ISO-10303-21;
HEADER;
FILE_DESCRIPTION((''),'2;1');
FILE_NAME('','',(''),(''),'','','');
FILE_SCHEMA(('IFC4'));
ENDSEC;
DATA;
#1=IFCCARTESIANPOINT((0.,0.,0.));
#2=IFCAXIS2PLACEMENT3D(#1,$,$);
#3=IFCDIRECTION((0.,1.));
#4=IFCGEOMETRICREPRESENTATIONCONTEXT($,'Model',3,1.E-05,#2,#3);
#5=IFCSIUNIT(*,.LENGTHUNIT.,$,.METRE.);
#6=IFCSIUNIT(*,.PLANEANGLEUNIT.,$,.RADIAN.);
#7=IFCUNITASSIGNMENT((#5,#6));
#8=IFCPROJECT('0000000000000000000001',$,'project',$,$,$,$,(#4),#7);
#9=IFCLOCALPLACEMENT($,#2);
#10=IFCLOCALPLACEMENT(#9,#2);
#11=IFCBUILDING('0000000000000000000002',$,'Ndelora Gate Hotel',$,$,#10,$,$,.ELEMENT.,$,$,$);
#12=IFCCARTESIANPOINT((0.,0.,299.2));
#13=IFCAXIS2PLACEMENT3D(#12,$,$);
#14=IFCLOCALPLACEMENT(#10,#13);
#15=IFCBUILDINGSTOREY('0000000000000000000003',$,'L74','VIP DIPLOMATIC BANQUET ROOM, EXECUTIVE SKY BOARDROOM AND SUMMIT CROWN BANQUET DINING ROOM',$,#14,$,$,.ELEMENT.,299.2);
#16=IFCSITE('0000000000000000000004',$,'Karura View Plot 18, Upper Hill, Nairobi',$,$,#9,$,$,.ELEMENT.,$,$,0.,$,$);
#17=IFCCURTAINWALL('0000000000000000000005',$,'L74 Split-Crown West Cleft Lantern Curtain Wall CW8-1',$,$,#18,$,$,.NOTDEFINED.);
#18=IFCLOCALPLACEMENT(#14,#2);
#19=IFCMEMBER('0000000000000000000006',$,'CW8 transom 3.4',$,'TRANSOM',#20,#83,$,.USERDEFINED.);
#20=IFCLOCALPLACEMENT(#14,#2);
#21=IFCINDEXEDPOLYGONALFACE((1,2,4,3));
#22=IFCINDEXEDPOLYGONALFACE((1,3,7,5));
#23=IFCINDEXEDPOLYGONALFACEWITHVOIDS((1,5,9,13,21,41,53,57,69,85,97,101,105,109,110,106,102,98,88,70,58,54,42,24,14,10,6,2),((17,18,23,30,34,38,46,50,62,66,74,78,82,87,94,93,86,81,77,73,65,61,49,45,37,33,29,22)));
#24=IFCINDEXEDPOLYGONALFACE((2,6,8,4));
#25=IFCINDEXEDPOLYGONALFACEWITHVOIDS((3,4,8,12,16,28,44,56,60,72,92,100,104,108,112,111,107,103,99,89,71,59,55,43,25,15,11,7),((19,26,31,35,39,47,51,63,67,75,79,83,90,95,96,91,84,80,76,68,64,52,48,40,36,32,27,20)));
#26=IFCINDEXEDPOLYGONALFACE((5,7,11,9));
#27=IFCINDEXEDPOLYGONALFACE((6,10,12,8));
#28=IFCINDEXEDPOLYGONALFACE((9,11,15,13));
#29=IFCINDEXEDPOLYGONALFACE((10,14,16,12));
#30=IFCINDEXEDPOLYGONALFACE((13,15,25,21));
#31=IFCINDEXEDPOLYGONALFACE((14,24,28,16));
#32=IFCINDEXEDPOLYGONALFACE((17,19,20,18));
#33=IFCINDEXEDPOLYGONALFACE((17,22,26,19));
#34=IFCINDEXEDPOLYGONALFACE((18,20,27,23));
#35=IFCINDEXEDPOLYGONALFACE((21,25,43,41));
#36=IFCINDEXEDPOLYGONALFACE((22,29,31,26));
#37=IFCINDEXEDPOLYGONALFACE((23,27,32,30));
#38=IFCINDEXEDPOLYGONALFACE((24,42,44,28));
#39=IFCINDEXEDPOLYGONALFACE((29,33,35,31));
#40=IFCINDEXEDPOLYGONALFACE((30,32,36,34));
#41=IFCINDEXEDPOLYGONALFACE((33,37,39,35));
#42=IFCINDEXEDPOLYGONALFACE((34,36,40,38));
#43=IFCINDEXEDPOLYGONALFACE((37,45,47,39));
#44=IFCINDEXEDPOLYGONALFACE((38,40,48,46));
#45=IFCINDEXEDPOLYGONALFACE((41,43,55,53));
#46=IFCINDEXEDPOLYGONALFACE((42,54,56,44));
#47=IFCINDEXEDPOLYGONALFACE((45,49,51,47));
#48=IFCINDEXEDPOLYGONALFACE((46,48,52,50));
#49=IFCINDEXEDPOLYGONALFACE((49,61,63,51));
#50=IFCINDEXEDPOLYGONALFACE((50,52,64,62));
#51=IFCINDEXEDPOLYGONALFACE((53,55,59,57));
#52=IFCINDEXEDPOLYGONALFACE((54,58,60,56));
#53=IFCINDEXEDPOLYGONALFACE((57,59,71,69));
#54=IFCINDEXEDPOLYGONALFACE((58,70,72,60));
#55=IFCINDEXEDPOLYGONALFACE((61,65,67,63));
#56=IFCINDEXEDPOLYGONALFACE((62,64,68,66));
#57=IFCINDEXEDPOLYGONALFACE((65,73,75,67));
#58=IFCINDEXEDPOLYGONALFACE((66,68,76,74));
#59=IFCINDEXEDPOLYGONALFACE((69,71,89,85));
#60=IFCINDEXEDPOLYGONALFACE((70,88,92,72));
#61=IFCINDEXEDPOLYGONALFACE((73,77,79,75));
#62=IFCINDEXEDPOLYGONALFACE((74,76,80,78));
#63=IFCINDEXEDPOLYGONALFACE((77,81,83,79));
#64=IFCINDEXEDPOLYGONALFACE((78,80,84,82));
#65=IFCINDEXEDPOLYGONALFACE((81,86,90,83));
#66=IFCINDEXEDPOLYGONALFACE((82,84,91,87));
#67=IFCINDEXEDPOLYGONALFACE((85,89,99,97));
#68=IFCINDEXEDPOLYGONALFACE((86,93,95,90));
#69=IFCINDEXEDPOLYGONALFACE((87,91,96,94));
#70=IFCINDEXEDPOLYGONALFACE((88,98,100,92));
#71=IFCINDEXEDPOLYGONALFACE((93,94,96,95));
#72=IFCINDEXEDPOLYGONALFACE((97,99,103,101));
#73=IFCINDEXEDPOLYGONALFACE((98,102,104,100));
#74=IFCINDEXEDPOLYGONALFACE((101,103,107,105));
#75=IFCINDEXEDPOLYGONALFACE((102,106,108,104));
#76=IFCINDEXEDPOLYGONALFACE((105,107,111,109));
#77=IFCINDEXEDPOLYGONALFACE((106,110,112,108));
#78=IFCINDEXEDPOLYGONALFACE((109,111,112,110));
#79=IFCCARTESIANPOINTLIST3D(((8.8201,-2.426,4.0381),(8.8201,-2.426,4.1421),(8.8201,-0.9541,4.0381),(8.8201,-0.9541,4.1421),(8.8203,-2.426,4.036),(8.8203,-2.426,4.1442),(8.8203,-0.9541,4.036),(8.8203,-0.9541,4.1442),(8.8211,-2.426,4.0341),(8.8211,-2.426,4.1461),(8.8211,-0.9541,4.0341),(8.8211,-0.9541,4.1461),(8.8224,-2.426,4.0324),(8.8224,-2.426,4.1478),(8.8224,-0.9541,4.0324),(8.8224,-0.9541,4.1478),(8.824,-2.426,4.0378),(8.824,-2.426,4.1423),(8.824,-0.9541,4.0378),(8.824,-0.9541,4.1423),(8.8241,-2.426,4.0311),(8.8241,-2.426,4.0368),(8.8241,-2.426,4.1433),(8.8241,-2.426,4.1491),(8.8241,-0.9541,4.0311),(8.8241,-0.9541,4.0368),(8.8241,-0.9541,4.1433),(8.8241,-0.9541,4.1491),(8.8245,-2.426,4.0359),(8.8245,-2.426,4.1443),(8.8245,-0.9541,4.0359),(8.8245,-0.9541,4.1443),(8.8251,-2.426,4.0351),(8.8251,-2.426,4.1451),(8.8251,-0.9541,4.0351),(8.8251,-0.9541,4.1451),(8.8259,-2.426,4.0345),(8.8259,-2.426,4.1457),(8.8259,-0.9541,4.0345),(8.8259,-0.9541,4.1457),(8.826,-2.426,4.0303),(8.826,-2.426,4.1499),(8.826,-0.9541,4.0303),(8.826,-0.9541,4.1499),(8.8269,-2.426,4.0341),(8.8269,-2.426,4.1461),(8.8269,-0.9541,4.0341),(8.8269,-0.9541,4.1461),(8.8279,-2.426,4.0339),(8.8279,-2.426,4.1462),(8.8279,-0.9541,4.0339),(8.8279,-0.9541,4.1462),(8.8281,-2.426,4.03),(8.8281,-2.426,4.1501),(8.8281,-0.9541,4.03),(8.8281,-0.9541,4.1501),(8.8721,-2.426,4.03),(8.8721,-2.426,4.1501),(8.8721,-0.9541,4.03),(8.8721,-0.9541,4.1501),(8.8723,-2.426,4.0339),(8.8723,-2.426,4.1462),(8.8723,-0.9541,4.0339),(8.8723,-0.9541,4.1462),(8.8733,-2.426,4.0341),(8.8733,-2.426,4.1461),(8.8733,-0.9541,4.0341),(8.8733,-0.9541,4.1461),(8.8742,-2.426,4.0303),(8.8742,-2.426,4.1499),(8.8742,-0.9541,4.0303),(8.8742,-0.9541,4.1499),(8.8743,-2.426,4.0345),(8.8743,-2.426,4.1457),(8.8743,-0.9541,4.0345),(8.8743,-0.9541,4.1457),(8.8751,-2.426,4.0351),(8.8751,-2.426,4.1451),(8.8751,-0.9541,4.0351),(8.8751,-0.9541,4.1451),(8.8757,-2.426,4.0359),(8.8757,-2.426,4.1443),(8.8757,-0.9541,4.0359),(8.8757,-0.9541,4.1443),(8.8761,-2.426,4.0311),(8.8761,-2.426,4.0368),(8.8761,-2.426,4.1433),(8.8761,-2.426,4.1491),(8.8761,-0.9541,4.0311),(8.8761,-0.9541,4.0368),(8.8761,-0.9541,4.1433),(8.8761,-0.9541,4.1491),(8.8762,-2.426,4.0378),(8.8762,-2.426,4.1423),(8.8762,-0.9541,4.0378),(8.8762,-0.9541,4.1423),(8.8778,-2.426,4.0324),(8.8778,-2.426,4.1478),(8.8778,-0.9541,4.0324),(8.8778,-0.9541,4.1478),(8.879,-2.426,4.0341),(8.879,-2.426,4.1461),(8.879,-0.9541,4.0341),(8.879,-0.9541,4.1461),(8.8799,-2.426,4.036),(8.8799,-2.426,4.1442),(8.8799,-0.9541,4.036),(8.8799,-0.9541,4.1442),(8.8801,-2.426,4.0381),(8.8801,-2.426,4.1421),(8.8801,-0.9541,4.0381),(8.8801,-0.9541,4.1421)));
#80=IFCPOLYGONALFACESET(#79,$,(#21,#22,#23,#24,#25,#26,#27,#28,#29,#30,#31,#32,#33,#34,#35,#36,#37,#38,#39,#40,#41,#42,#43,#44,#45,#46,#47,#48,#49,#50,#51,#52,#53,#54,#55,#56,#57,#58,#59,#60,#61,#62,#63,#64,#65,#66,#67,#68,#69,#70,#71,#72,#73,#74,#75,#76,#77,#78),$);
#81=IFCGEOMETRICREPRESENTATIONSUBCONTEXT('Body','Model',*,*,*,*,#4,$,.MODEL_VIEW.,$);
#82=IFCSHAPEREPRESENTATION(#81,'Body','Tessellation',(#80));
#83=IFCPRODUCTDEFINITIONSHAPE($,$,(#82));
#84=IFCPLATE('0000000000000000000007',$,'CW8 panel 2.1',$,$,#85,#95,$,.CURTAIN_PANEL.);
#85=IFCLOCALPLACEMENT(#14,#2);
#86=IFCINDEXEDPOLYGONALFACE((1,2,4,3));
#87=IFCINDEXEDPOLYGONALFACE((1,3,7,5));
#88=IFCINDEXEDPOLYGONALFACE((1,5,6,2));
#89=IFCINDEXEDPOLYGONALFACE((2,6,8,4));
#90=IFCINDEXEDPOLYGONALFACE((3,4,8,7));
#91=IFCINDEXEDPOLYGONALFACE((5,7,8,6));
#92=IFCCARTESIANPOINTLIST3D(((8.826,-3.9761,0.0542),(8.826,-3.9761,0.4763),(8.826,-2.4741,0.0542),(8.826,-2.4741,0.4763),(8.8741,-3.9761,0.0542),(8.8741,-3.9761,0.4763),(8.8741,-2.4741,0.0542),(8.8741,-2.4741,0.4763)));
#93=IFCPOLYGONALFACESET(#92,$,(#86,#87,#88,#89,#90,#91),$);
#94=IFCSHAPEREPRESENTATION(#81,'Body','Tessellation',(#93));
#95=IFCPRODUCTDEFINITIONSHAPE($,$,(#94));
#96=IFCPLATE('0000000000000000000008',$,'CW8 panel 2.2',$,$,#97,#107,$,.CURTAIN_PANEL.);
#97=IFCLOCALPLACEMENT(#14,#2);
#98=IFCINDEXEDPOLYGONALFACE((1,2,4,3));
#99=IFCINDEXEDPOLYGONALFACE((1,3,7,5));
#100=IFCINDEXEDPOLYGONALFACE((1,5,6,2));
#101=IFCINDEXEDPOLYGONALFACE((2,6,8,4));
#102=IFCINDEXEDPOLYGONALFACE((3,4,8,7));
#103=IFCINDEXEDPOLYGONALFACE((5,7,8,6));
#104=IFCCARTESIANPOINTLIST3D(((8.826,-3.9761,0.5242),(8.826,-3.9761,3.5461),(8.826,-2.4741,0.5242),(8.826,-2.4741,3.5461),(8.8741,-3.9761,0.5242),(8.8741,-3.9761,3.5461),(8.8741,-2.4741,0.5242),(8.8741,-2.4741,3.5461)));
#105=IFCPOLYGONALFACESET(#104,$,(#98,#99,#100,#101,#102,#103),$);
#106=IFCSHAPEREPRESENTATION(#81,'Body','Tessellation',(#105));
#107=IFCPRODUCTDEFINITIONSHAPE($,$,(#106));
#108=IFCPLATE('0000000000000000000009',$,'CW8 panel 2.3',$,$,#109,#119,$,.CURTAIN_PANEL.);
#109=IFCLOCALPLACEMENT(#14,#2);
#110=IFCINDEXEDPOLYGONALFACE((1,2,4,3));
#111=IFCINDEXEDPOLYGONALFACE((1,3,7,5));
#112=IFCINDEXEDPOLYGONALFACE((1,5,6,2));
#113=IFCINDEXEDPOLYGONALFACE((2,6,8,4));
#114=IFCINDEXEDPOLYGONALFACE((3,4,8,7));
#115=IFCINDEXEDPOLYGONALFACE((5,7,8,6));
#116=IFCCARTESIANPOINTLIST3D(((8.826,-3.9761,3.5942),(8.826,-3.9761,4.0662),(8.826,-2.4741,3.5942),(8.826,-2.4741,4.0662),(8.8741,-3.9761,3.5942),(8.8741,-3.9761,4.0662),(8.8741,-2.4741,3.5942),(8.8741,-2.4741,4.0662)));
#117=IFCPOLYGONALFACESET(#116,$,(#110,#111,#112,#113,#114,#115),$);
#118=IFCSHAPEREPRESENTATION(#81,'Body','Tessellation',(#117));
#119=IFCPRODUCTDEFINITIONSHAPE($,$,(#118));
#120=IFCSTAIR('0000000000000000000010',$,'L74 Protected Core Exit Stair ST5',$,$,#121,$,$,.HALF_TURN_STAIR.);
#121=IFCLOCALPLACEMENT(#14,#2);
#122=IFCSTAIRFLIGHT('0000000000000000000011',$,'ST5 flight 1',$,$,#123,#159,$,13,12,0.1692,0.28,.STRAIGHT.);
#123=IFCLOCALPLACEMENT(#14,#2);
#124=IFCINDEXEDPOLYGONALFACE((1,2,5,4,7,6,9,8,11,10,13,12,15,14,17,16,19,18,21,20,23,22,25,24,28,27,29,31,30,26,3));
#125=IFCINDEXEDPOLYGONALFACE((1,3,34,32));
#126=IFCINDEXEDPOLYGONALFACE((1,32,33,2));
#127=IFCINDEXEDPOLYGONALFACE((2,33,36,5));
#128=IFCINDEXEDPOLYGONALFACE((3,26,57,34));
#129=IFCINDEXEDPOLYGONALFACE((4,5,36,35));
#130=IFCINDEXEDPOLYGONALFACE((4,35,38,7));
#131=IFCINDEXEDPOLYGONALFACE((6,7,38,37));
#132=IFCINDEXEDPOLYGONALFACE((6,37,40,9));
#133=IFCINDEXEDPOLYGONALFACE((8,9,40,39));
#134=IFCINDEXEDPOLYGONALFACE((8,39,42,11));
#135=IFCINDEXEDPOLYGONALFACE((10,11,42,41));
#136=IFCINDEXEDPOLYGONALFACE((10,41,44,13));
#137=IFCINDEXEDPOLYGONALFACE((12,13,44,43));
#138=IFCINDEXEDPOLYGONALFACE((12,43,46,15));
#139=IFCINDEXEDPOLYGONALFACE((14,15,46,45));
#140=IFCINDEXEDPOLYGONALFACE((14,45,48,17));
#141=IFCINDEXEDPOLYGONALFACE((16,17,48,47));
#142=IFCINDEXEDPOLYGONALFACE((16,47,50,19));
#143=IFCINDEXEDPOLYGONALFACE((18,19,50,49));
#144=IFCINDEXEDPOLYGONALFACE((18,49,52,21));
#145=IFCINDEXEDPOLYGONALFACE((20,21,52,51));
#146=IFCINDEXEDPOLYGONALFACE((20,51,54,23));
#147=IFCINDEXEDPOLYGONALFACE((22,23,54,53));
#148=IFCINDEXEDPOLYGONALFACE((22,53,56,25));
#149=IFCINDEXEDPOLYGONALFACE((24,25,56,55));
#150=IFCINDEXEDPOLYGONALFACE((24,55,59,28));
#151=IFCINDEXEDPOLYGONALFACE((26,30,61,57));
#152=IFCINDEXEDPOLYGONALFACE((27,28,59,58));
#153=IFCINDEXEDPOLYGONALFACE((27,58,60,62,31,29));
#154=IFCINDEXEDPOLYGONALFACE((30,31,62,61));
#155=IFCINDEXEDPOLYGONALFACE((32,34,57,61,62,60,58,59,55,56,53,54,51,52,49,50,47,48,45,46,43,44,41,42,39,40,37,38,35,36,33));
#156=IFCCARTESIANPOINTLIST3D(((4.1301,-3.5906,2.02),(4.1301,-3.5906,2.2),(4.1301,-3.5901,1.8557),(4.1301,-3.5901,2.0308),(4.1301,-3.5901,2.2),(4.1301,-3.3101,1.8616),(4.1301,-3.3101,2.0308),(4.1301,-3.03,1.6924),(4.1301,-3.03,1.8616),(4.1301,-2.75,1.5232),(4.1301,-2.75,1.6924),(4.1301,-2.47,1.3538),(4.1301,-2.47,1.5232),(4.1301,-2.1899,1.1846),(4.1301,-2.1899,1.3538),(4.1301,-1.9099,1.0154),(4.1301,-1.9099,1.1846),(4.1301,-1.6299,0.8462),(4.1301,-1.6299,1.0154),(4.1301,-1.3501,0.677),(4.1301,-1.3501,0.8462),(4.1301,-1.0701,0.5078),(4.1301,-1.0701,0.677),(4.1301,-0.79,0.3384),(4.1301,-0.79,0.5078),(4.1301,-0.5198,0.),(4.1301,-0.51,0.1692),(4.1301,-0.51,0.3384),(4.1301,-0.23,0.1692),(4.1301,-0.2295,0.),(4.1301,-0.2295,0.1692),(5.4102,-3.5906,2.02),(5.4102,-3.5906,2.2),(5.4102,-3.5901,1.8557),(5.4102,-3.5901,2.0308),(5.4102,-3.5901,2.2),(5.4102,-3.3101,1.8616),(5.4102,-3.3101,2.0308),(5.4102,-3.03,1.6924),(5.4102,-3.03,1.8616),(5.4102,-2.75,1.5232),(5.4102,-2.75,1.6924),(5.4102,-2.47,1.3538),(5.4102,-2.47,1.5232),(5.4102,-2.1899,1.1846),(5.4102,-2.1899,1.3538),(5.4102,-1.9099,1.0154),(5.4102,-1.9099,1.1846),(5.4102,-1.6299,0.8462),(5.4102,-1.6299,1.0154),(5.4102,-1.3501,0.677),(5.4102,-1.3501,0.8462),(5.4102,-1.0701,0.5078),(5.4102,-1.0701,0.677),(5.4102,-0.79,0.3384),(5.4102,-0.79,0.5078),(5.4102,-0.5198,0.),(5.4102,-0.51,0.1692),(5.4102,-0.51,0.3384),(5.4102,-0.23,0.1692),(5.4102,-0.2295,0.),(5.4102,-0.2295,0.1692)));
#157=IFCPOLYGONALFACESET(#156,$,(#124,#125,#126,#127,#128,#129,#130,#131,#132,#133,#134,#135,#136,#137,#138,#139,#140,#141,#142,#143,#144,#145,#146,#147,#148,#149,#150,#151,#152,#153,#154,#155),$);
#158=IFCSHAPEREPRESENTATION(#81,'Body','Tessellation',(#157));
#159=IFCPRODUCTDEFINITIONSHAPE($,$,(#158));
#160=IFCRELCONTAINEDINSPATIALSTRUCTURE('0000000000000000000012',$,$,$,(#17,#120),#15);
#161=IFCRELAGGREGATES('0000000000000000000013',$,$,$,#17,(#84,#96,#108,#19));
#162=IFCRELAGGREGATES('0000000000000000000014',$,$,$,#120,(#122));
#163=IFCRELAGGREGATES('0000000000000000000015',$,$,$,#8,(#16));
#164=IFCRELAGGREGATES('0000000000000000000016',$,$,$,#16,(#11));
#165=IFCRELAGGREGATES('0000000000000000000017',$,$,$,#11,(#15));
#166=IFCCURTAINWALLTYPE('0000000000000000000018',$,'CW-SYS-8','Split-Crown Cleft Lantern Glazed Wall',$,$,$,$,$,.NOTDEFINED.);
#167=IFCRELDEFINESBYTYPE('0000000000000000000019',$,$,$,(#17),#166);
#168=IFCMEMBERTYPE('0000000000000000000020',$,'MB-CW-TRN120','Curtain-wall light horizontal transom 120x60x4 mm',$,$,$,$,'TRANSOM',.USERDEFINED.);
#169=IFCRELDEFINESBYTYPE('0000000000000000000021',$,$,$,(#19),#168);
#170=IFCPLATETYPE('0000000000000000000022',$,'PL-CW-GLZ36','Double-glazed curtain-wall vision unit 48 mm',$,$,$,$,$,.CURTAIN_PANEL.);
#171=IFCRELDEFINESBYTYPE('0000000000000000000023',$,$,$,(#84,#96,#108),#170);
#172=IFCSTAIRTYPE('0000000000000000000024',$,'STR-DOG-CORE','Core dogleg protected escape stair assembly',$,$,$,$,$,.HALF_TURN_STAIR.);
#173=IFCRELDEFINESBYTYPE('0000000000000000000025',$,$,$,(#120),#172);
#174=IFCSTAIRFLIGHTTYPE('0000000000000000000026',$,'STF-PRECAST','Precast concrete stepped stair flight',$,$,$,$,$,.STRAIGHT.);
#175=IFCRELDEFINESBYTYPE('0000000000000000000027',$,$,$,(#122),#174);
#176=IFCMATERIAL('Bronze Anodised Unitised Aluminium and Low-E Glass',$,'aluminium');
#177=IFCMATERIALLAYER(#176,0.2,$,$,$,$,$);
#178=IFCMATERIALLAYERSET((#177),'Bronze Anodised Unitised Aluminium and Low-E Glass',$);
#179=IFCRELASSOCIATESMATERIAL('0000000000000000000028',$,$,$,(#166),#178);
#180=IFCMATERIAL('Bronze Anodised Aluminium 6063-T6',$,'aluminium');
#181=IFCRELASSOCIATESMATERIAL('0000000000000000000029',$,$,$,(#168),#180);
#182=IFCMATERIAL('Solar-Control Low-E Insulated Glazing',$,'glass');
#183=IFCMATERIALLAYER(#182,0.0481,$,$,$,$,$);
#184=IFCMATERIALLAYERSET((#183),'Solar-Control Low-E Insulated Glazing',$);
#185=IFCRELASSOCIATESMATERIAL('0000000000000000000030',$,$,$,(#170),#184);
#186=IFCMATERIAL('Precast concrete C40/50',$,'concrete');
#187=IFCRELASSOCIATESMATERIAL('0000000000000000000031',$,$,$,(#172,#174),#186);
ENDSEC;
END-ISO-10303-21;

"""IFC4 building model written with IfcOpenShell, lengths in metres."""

from ifc_helpers import new_model, si_unit, direction, frame, origin, origin_2d, place, context, subcontext, project, spatial, polyline, rectangle, hollow_rectangle, outline, extrude, material, layer, layer_set, material_profile, profile_set, type_object, element, aggregate, save


model = new_model("IFC4")

# Units and contexts
model_context = context("Model", 3, precision=1e-05, world=origin(), true_north=direction((0.0, 1.0)))
body_context = subcontext(model_context, "Body", "Model", "MODEL_VIEW")
ifc_project = project(units=[si_unit("LENGTHUNIT", "METRE"), si_unit("PLANEANGLEUNIT", "RADIAN")], contexts=[model_context])

# Site, building, storey
site_placement = place(None, origin())
site = spatial("IfcSite", under=ifc_project, at=site_placement, Name="Karura View Plot 18, Upper Hill, Nairobi", CompositionType="ELEMENT", RefElevation=0.0)
building_placement = place(site_placement, origin())
building = spatial("IfcBuilding", under=site, at=building_placement, Name="Ndelora Gate Hotel", CompositionType="ELEMENT")
storey_placement = place(building_placement, frame((0.0, 0.0, 299.2)))
storey = spatial("IfcBuildingStorey", under=building, at=storey_placement, Name="L74", Description="VIP DIPLOMATIC BANQUET ROOM, EXECUTIVE SKY BOARDROOM AND SUMMIT CROWN BANQUET DINING ROOM", CompositionType="ELEMENT", Elevation=299.2)

# Curtain wall, member, plates
ifc_material_1 = material(Name="Bronze Anodised Unitised Aluminium and Low-E Glass", Category="aluminium")
ifc_layer_1 = layer(ifc_material_1, 0.2)
ifc_layer_set_1 = layer_set([ifc_layer_1], Name="Bronze Anodised Unitised Aluminium and Low-E Glass")
curtain_wall_type = type_object("IfcCurtainWallType", Name="CW-SYS-8", Description="Split-Crown Cleft Lantern Glazed Wall", PredefinedType="NOTDEFINED", material=ifc_layer_set_1)
curtain_wall_placement = place(storey_placement, origin())
curtain_wall = element("IfcCurtainWall", 1, at=curtain_wall_placement, inside=storey, type_object=curtain_wall_type, Name="L74 Split-Crown West Cleft Lantern Curtain Wall CW8-1", PredefinedType="NOTDEFINED")
ifc_material_2 = material(Name="Bronze Anodised Aluminium 6063-T6", Category="aluminium")
ifc_material_profile_1 = material_profile(ifc_material_2, hollow_rectangle(XDim=0.0601, YDim=0.1201, WallThickness=0.0039, InnerFilletRadius=0.0039, OuterFilletRadius=0.0081, at=origin_2d()), Name="ALU 120x60x4")
ifc_profile_set_1 = profile_set([ifc_material_profile_1], Name="Bronze Anodised Aluminium 6063-T6")
member_type_1 = type_object("IfcMemberType", Name="MB-CW-TRN120", Description="Curtain-wall light horizontal transom 120x60x4 mm", ElementType="TRANSOM", PredefinedType="USERDEFINED", material=ifc_profile_set_1)
member_1_placement = place(storey_placement, frame((8.8501, -2.426, 4.0901), z_axis=(0.0, 1.0, 0.0), x_axis=(-1.0, 0.0, 0.0)))
member_1 = element("IfcMember", 2, at=member_1_placement, type_object=member_type_1, Name="CW8 transom 3.4", ObjectType="TRANSOM", PredefinedType="USERDEFINED", context=body_context, shape_type="SweptSolid", body=[
    extrude(hollow_rectangle(XDim=0.0601, YDim=0.1201, WallThickness=0.0039, InnerFilletRadius=0.0039, OuterFilletRadius=0.0081, at=origin_2d()), origin(), (0.0, 0.0, 1.0), 1.4719),
])
ifc_material_3 = material(Name="Solar-Control Low-E Insulated Glazing", Category="glass")
ifc_layer_2 = layer(ifc_material_3, 0.0481)
ifc_layer_set_2 = layer_set([ifc_layer_2], Name="Solar-Control Low-E Insulated Glazing")
plate_type = type_object("IfcPlateType", Name="PL-CW-GLZ36", Description="Double-glazed curtain-wall vision unit 48 mm", PredefinedType="CURTAIN_PANEL", material=ifc_layer_set_2)
plate_1_placement = place(storey_placement, frame((8.8501, -3.2251, 0.0542), z_axis=(0.0, 0.0, 1.0), x_axis=(0.0, 1.0, 0.0)))
plate_1 = element("IfcPlate", 3, at=plate_1_placement, type_object=plate_type, Name="CW8 panel 2.1", PredefinedType="CURTAIN_PANEL", context=body_context, shape_type="SweptSolid", body=[
    extrude(rectangle(XDim=1.502, YDim=0.0481, at=origin_2d()), origin(), (0.0, 0.0, 1.0), 0.4221),
])
plate_2_placement = place(storey_placement, frame((8.8501, -3.2251, 0.5242), z_axis=(0.0, 0.0, 1.0), x_axis=(0.0, 1.0, 0.0)))
plate_2 = element("IfcPlate", 4, at=plate_2_placement, type_object=plate_type, Name="CW8 panel 2.2", PredefinedType="CURTAIN_PANEL", context=body_context, shape_type="SweptSolid", body=[
    extrude(rectangle(XDim=1.502, YDim=0.0481, at=origin_2d()), origin(), (0.0, 0.0, 1.0), 3.022),
])
plate_3_placement = place(storey_placement, frame((8.8501, -3.2251, 3.5942), z_axis=(0.0, 0.0, 1.0), x_axis=(0.0, 1.0, 0.0)))
plate_3 = element("IfcPlate", 5, at=plate_3_placement, type_object=plate_type, Name="CW8 panel 2.3", PredefinedType="CURTAIN_PANEL", context=body_context, shape_type="SweptSolid", body=[
    extrude(rectangle(XDim=1.502, YDim=0.0481, at=origin_2d()), origin(), (0.0, 0.0, 1.0), 0.4719),
])
aggregate(curtain_wall, [plate_1, plate_2, plate_3, member_1])

# Stair, stair flight
ifc_material_4 = material(Name="Precast concrete C40/50", Category="concrete")
stair_type = type_object("IfcStairType", Name="STR-DOG-CORE", Description="Core dogleg protected escape stair assembly", PredefinedType="HALF_TURN_STAIR", material=ifc_material_4)
stair_placement = place(storey_placement, origin())
stair = element("IfcStair", 6, at=stair_placement, inside=storey, type_object=stair_type, Name="L74 Protected Core Exit Stair ST5", PredefinedType="HALF_TURN_STAIR")
stair_flight_type = type_object("IfcStairFlightType", Name="STF-PRECAST", Description="Precast concrete stepped stair flight", PredefinedType="STRAIGHT", material=ifc_material_4)
stair_flight_1_placement = place(storey_placement, frame((4.77, -0.23, 0.0), z_axis=(0.0, 0.0, 1.0), x_axis=(0.0, -1.0, 0.0)))
stair_flight_1 = element("IfcStairFlight", 7, at=stair_flight_1_placement, type_object=stair_flight_type, Name="ST5 flight 1", NumberOfRisers=13, NumberOfTreads=12, PredefinedType="STRAIGHT", RiserHeight=0.1692, TreadLength=0.28, context=body_context, shape_type="SweptSolid", body=[
    extrude(outline(polyline([(-0.0005, 0.0), (-0.0005, 0.1692), (0.0, 0.1692), (0.28, 0.1692), (0.28, 0.3384), (0.5601, 0.3384), (0.5601, 0.5078), (0.8401, 0.5078), (0.8401, 0.677), (1.1201, 0.677), (1.1201, 0.8462), (1.3999, 0.8462), (1.3999, 1.0154), (1.6799, 1.0154), (1.6799, 1.1846), (1.96, 1.1846), (1.96, 1.3538), (2.24, 1.3538), (2.24, 1.5232), (2.52, 1.5232), (2.52, 1.6924), (2.8, 1.6924), (2.8, 1.8616), (3.0801, 1.8616), (3.0801, 2.0308), (3.3601, 2.0308), (3.3601, 2.2), (3.3606, 2.2), (3.3606, 2.02), (3.3601, 1.8557), (0.2898, 0.0), (-0.0005, 0.0)])), frame((0.0, 0.6401, 0.0), z_axis=(0.0, -1.0, 0.0), x_axis=(1.0, 0.0, 0.0)), (0.0, 0.0, 1.0), 1.28),
])
aggregate(stair, [stair_flight_1])

save(model, "model.ifc")
